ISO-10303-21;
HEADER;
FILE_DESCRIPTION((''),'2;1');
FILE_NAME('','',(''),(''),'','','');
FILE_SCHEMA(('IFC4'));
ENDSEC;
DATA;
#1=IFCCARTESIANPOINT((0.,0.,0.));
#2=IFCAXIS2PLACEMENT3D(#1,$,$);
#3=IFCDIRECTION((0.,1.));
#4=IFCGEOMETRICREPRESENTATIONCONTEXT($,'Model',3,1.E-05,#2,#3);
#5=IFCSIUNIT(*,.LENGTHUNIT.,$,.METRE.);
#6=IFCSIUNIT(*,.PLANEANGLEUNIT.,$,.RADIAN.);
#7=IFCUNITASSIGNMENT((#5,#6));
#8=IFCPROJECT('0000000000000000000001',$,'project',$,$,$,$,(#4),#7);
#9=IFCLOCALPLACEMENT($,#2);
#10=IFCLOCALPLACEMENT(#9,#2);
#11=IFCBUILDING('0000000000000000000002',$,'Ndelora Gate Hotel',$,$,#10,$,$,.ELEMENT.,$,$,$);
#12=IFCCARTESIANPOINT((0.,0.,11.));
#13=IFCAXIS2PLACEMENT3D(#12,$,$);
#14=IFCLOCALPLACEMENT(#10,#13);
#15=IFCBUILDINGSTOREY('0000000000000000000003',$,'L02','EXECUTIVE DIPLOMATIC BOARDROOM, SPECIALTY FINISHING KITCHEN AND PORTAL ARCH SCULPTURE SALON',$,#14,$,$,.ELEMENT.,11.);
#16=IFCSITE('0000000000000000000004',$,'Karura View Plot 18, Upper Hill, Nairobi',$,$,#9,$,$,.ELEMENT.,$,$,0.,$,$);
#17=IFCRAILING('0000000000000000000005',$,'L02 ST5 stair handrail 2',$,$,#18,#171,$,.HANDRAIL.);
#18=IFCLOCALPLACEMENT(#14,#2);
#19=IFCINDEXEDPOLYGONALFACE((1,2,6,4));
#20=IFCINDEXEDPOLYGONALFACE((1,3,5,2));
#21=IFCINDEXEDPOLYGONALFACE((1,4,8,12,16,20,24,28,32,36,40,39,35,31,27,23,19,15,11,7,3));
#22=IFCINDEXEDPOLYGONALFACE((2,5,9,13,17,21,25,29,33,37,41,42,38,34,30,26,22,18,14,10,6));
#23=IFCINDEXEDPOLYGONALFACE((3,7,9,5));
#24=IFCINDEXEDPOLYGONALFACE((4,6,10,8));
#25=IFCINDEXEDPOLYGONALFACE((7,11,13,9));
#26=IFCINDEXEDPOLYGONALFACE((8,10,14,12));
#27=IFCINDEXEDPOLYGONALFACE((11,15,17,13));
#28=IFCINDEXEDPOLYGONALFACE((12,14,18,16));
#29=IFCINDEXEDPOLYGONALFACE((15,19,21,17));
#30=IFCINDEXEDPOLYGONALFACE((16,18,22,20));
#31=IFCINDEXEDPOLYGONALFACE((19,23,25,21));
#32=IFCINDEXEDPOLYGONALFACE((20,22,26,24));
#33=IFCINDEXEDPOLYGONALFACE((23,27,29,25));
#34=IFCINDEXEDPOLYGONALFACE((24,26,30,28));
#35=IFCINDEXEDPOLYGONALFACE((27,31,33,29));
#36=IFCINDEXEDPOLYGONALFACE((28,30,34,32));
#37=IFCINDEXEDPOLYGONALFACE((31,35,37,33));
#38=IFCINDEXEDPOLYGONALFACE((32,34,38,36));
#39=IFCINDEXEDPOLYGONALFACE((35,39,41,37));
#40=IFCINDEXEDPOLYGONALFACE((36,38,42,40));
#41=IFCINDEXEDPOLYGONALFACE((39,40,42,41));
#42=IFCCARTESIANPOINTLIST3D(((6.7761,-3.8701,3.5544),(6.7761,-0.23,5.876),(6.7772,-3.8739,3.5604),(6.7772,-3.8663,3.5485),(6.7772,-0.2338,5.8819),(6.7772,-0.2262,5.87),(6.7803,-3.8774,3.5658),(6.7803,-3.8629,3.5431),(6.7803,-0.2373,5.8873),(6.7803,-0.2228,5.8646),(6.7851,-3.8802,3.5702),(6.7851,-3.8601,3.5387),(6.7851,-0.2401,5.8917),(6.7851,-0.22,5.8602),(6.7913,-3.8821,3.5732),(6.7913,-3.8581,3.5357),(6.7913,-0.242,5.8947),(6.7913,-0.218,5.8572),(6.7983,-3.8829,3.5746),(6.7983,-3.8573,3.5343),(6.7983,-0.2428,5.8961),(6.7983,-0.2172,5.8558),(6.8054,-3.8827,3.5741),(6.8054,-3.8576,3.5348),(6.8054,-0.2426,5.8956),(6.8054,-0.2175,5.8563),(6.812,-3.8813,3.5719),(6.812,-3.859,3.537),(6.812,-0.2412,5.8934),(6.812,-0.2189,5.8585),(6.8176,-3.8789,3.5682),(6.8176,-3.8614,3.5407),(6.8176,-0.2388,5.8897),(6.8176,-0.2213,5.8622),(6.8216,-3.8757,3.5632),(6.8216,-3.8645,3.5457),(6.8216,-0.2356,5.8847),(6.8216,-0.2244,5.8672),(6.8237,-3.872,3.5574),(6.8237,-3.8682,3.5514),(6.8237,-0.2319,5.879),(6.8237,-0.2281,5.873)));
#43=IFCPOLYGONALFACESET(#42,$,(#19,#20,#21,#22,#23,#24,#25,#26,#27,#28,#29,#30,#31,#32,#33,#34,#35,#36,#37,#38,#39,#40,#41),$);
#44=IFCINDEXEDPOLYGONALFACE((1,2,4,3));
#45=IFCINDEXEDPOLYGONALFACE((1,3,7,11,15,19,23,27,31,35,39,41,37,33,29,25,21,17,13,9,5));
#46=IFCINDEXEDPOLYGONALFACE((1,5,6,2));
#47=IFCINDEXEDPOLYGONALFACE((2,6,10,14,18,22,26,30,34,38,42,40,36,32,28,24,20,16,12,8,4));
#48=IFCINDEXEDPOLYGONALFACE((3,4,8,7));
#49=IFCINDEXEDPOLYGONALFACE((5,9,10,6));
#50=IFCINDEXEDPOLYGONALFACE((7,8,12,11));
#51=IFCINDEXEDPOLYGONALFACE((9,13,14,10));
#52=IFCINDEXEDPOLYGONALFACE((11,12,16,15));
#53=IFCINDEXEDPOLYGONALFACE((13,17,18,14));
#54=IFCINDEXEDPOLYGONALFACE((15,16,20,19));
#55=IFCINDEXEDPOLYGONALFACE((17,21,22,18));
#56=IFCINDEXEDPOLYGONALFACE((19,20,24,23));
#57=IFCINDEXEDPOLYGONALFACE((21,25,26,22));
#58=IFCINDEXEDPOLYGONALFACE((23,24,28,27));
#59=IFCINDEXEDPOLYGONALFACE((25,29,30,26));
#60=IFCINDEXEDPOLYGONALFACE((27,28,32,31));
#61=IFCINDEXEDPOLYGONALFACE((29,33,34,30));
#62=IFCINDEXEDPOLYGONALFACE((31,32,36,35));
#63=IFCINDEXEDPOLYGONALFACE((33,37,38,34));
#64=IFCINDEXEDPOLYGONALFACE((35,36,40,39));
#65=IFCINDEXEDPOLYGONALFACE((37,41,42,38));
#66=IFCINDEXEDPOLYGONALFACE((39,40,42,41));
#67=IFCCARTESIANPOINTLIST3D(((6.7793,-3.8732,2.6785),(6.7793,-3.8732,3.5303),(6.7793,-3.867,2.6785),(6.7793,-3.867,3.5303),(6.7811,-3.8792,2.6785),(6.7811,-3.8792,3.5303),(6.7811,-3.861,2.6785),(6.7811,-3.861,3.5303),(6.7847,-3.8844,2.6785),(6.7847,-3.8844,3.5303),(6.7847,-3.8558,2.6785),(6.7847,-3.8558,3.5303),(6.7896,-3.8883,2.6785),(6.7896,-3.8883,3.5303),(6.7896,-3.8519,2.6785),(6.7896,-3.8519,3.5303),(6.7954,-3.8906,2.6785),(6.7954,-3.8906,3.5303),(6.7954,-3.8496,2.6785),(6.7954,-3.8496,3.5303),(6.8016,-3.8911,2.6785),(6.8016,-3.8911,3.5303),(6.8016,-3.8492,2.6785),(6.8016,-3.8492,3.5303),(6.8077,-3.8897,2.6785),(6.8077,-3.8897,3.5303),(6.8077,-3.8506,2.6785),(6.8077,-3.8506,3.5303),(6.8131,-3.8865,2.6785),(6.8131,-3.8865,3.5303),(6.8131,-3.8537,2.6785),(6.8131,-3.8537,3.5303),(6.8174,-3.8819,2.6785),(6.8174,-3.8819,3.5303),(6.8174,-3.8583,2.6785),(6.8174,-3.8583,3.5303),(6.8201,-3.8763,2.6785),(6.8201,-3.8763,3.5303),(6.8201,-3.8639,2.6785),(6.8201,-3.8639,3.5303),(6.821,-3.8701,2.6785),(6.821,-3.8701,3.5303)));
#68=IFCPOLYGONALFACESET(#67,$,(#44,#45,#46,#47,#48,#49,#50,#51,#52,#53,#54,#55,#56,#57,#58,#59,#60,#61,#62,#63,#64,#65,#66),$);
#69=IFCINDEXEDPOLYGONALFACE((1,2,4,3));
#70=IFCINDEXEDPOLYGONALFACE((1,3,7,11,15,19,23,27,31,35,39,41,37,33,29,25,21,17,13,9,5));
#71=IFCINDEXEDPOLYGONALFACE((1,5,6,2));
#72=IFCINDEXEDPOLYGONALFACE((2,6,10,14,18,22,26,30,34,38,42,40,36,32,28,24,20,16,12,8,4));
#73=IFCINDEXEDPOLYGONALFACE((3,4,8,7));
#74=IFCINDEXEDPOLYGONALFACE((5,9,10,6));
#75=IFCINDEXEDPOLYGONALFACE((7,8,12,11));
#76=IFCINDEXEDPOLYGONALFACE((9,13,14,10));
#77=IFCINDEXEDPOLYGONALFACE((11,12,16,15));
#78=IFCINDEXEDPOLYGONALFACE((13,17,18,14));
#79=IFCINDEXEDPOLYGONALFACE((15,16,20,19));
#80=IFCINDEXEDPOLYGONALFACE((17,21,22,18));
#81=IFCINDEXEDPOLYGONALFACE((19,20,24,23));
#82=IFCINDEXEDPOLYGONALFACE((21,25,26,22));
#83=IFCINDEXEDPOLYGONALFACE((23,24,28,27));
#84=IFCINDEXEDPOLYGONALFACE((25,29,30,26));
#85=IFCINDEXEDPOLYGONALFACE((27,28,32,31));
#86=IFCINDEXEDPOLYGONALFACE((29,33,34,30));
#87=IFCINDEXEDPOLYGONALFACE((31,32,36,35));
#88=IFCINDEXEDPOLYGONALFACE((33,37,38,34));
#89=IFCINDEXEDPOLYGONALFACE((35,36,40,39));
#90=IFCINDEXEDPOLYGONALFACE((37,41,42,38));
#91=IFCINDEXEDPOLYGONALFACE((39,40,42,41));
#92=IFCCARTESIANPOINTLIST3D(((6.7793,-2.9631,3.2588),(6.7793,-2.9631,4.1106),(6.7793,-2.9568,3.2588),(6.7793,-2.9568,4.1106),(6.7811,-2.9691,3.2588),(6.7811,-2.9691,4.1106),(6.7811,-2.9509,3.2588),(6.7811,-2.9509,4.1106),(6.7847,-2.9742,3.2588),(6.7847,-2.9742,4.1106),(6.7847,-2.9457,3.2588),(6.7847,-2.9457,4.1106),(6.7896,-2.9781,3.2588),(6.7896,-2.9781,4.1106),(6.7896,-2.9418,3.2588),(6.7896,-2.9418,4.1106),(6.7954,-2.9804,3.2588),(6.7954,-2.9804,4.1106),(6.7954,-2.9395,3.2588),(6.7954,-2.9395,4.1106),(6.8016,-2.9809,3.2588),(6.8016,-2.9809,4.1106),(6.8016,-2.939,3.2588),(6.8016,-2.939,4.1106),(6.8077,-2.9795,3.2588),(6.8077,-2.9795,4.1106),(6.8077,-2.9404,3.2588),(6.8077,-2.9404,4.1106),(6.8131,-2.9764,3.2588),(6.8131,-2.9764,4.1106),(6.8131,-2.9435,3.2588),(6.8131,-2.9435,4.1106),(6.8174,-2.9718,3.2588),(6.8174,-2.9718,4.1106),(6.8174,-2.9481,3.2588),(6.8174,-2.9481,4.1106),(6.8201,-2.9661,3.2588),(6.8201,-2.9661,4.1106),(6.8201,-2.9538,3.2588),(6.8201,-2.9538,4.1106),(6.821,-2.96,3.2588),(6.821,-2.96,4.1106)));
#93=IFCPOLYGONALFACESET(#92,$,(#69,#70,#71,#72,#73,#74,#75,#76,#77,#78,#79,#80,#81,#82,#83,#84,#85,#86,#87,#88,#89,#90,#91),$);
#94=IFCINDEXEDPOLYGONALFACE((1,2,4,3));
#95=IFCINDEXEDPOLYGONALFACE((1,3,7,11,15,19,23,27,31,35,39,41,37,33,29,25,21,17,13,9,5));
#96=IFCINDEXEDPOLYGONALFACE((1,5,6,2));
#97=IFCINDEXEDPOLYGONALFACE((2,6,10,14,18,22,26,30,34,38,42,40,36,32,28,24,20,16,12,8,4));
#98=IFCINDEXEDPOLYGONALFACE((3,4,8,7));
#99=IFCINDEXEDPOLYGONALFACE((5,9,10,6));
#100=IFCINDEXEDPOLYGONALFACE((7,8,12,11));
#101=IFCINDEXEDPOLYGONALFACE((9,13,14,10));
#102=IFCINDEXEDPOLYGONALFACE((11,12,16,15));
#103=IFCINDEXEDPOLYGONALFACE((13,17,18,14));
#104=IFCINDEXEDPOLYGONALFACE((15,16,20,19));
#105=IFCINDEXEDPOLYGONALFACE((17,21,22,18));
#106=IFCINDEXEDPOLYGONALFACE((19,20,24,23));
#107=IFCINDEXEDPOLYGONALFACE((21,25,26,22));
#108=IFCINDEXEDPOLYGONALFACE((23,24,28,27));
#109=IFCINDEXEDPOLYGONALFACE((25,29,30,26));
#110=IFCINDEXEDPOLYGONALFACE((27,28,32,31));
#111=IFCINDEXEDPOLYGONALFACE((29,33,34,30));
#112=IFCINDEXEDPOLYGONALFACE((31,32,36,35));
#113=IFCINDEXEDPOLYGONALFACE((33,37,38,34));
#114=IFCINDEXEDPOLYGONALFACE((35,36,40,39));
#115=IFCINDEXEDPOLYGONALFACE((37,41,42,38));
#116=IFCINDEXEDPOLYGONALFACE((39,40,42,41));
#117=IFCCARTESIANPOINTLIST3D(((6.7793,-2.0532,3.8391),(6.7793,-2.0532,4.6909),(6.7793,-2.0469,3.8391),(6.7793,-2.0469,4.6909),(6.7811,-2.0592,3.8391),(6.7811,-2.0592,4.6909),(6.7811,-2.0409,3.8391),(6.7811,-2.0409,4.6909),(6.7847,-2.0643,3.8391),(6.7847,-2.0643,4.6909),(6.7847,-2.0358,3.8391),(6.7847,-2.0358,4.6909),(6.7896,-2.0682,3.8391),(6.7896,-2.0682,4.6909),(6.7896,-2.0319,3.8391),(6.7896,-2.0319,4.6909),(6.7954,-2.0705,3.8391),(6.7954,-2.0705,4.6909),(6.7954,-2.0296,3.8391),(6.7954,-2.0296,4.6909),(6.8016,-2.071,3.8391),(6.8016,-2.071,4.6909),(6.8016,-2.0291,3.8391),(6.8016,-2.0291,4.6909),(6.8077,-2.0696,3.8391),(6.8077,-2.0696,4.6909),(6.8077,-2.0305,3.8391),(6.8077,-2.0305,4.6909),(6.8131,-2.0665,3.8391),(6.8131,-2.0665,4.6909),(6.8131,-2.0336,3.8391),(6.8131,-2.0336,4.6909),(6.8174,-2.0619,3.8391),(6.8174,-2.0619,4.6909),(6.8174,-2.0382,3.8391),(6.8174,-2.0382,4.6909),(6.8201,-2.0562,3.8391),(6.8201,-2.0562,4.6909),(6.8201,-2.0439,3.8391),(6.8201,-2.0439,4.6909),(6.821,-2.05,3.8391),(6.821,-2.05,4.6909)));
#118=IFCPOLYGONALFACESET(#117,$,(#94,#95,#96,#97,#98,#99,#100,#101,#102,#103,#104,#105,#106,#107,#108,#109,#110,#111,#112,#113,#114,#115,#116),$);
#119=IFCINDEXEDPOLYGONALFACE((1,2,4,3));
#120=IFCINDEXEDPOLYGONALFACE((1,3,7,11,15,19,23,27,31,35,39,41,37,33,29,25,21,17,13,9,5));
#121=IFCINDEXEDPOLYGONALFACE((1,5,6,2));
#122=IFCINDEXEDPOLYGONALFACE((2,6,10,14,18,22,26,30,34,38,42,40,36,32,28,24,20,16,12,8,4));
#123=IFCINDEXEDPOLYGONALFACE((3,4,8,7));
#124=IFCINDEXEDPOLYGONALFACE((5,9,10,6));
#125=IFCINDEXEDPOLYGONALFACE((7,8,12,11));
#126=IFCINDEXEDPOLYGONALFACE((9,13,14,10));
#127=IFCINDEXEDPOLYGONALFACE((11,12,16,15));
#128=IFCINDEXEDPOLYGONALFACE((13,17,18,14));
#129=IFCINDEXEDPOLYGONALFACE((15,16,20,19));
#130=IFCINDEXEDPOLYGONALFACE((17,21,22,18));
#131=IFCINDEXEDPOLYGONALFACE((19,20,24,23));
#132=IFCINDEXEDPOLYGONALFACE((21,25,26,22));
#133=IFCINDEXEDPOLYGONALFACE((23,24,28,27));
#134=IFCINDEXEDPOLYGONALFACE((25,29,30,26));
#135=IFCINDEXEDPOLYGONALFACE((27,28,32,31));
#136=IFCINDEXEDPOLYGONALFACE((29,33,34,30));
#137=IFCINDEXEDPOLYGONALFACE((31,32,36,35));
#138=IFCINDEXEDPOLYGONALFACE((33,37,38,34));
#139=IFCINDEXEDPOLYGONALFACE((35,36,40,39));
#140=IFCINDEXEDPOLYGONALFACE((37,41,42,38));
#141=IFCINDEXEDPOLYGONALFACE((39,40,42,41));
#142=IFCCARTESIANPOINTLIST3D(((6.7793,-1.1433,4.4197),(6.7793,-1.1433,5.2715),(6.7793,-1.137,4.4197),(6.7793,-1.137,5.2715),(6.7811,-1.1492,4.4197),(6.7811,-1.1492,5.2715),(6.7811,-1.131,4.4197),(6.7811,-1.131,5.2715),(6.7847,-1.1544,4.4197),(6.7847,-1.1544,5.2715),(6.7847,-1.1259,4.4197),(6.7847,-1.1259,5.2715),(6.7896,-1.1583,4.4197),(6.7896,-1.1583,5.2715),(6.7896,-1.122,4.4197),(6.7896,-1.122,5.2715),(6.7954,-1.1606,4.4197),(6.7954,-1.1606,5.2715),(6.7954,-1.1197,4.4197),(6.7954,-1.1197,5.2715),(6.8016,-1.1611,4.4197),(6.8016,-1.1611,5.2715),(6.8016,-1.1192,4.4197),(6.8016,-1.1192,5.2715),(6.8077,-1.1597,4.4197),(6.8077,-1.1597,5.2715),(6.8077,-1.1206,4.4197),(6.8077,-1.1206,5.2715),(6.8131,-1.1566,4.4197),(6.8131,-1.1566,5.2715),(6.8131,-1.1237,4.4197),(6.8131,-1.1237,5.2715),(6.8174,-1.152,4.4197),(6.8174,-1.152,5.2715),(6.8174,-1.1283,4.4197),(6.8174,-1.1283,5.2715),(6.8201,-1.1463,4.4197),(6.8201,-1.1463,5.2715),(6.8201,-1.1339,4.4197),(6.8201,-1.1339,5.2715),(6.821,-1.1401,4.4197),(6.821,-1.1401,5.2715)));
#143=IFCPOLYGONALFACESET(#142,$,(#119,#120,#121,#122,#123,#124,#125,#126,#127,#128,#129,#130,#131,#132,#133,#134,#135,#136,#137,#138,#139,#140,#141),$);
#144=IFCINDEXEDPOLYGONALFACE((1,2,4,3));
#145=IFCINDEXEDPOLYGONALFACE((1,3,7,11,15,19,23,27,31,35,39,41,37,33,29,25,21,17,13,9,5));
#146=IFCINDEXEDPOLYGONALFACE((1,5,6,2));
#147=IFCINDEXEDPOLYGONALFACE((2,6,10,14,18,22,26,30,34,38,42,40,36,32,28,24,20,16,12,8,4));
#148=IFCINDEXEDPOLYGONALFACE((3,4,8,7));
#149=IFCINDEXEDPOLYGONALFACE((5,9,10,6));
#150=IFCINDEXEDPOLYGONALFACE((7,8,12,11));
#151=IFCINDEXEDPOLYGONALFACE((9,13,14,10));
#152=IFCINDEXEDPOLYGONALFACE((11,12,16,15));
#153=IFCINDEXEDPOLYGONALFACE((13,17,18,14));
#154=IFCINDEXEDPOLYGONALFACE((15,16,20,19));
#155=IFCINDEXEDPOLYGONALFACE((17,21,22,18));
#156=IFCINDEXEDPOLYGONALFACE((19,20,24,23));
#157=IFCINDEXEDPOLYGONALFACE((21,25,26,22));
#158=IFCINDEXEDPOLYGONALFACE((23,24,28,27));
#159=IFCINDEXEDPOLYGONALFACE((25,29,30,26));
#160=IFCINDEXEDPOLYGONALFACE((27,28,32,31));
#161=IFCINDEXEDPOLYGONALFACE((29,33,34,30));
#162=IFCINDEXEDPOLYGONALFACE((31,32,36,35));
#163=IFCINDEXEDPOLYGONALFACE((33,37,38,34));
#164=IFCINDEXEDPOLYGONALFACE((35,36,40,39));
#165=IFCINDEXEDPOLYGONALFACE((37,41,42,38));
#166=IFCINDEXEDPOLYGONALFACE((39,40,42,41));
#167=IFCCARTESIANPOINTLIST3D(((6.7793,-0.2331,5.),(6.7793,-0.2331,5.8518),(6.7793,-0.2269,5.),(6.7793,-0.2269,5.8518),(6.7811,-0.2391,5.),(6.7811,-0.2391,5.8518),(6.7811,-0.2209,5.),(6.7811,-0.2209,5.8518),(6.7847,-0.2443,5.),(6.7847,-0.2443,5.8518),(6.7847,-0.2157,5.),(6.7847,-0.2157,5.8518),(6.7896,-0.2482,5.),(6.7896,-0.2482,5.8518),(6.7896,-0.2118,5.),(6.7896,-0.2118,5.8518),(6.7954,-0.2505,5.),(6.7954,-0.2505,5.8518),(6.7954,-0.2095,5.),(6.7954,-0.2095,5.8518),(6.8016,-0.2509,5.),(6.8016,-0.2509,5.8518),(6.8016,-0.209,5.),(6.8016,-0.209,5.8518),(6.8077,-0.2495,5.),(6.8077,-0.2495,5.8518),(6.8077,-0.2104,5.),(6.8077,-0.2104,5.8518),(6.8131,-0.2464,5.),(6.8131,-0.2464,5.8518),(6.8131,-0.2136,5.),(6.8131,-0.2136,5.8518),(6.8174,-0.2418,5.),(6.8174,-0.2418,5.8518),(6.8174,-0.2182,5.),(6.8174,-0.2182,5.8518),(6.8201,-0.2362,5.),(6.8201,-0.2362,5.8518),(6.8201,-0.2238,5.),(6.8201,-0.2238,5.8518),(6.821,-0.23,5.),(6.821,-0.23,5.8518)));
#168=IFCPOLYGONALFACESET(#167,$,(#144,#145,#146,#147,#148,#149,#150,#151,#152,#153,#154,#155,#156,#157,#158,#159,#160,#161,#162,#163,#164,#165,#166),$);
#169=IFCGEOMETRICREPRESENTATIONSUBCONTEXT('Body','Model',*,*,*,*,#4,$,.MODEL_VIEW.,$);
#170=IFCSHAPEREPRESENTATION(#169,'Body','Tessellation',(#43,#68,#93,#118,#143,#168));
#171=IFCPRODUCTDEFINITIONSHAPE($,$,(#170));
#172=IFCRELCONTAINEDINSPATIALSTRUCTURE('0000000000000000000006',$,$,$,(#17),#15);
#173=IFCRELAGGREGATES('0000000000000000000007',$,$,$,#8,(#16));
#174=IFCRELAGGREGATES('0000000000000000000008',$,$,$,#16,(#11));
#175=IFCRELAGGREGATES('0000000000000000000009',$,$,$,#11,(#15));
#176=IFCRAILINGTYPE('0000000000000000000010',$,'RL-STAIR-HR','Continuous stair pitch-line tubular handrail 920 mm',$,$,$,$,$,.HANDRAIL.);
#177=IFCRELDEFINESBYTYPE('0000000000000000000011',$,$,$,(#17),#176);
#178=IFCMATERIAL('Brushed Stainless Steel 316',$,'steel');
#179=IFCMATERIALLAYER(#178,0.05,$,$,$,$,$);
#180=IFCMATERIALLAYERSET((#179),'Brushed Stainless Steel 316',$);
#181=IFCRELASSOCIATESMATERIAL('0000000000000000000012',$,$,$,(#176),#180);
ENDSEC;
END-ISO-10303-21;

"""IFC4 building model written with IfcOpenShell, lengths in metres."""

from ifc_helpers import new_model, si_unit, direction, frame, origin, origin_2d, place, context, subcontext, project, spatial, circle, extrude, material, layer, layer_set, type_object, element, save


model = new_model("IFC4")

# Units and contexts
model_context = context("Model", 3, precision=1e-05, world=origin(), true_north=direction((0.0, 1.0)))
body_context = subcontext(model_context, "Body", "Model", "MODEL_VIEW")
ifc_project = project(units=[si_unit("LENGTHUNIT", "METRE"), si_unit("PLANEANGLEUNIT", "RADIAN")], contexts=[model_context])

# Site, building, storey
site_placement = place(None, origin())
site = spatial("IfcSite", under=ifc_project, at=site_placement, Name="Karura View Plot 18, Upper Hill, Nairobi", CompositionType="ELEMENT", RefElevation=0.0)
building_placement = place(site_placement, origin())
building = spatial("IfcBuilding", under=site, at=building_placement, Name="Ndelora Gate Hotel", CompositionType="ELEMENT")
storey_placement = place(building_placement, frame((0.0, 0.0, 11.0)))
storey = spatial("IfcBuildingStorey", under=building, at=storey_placement, Name="L02", Description="EXECUTIVE DIPLOMATIC BOARDROOM, SPECIALTY FINISHING KITCHEN AND PORTAL ARCH SCULPTURE SALON", CompositionType="ELEMENT", Elevation=11.0)

# Railing
ifc_material_1 = material(Name="Brushed Stainless Steel 316", Category="steel")
ifc_layer_1 = layer(ifc_material_1, 0.05)
ifc_layer_set_1 = layer_set([ifc_layer_1], Name="Brushed Stainless Steel 316")
railing_type_1 = type_object("IfcRailingType", Name="RL-STAIR-HR", Description="Continuous stair pitch-line tubular handrail 920 mm", PredefinedType="HANDRAIL", material=ifc_layer_set_1)
railing_1_placement = place(storey_placement, frame((6.8, -3.8701, 2.6785)))
element("IfcRailing", 1, at=railing_1_placement, inside=storey, type_object=railing_type_1, Name="L02 ST5 stair handrail 2", PredefinedType="HANDRAIL", context=body_context, shape_type="SweptSolid", body=[
    extrude(circle(Radius=0.0239, at=origin_2d()), frame((0.0, 0.0, 0.876), z_axis=(0.0, 0.843128, 0.537713), x_axis=(-1.0, 0.0, 0.0)), (0.0, 0.0, 1.0), 4.3174),
    extrude(circle(Radius=0.021, at=origin_2d()), origin(), (0.0, 0.0, 1.0), 0.8518),
    extrude(circle(Radius=0.021, at=origin_2d()), frame((0.0, 0.9102, 0.5803)), (0.0, 0.0, 1.0), 0.8518),
    extrude(circle(Radius=0.021, at=origin_2d()), frame((0.0, 1.8201, 1.1606)), (0.0, 0.0, 1.0), 0.8518),
    extrude(circle(Radius=0.021, at=origin_2d()), frame((0.0, 2.73, 1.7412)), (0.0, 0.0, 1.0), 0.8518),
    extrude(circle(Radius=0.021, at=origin_2d()), frame((0.0, 3.6401, 2.3215)), (0.0, 0.0, 1.0), 0.8518),
])

save(model, "model.ifc")
